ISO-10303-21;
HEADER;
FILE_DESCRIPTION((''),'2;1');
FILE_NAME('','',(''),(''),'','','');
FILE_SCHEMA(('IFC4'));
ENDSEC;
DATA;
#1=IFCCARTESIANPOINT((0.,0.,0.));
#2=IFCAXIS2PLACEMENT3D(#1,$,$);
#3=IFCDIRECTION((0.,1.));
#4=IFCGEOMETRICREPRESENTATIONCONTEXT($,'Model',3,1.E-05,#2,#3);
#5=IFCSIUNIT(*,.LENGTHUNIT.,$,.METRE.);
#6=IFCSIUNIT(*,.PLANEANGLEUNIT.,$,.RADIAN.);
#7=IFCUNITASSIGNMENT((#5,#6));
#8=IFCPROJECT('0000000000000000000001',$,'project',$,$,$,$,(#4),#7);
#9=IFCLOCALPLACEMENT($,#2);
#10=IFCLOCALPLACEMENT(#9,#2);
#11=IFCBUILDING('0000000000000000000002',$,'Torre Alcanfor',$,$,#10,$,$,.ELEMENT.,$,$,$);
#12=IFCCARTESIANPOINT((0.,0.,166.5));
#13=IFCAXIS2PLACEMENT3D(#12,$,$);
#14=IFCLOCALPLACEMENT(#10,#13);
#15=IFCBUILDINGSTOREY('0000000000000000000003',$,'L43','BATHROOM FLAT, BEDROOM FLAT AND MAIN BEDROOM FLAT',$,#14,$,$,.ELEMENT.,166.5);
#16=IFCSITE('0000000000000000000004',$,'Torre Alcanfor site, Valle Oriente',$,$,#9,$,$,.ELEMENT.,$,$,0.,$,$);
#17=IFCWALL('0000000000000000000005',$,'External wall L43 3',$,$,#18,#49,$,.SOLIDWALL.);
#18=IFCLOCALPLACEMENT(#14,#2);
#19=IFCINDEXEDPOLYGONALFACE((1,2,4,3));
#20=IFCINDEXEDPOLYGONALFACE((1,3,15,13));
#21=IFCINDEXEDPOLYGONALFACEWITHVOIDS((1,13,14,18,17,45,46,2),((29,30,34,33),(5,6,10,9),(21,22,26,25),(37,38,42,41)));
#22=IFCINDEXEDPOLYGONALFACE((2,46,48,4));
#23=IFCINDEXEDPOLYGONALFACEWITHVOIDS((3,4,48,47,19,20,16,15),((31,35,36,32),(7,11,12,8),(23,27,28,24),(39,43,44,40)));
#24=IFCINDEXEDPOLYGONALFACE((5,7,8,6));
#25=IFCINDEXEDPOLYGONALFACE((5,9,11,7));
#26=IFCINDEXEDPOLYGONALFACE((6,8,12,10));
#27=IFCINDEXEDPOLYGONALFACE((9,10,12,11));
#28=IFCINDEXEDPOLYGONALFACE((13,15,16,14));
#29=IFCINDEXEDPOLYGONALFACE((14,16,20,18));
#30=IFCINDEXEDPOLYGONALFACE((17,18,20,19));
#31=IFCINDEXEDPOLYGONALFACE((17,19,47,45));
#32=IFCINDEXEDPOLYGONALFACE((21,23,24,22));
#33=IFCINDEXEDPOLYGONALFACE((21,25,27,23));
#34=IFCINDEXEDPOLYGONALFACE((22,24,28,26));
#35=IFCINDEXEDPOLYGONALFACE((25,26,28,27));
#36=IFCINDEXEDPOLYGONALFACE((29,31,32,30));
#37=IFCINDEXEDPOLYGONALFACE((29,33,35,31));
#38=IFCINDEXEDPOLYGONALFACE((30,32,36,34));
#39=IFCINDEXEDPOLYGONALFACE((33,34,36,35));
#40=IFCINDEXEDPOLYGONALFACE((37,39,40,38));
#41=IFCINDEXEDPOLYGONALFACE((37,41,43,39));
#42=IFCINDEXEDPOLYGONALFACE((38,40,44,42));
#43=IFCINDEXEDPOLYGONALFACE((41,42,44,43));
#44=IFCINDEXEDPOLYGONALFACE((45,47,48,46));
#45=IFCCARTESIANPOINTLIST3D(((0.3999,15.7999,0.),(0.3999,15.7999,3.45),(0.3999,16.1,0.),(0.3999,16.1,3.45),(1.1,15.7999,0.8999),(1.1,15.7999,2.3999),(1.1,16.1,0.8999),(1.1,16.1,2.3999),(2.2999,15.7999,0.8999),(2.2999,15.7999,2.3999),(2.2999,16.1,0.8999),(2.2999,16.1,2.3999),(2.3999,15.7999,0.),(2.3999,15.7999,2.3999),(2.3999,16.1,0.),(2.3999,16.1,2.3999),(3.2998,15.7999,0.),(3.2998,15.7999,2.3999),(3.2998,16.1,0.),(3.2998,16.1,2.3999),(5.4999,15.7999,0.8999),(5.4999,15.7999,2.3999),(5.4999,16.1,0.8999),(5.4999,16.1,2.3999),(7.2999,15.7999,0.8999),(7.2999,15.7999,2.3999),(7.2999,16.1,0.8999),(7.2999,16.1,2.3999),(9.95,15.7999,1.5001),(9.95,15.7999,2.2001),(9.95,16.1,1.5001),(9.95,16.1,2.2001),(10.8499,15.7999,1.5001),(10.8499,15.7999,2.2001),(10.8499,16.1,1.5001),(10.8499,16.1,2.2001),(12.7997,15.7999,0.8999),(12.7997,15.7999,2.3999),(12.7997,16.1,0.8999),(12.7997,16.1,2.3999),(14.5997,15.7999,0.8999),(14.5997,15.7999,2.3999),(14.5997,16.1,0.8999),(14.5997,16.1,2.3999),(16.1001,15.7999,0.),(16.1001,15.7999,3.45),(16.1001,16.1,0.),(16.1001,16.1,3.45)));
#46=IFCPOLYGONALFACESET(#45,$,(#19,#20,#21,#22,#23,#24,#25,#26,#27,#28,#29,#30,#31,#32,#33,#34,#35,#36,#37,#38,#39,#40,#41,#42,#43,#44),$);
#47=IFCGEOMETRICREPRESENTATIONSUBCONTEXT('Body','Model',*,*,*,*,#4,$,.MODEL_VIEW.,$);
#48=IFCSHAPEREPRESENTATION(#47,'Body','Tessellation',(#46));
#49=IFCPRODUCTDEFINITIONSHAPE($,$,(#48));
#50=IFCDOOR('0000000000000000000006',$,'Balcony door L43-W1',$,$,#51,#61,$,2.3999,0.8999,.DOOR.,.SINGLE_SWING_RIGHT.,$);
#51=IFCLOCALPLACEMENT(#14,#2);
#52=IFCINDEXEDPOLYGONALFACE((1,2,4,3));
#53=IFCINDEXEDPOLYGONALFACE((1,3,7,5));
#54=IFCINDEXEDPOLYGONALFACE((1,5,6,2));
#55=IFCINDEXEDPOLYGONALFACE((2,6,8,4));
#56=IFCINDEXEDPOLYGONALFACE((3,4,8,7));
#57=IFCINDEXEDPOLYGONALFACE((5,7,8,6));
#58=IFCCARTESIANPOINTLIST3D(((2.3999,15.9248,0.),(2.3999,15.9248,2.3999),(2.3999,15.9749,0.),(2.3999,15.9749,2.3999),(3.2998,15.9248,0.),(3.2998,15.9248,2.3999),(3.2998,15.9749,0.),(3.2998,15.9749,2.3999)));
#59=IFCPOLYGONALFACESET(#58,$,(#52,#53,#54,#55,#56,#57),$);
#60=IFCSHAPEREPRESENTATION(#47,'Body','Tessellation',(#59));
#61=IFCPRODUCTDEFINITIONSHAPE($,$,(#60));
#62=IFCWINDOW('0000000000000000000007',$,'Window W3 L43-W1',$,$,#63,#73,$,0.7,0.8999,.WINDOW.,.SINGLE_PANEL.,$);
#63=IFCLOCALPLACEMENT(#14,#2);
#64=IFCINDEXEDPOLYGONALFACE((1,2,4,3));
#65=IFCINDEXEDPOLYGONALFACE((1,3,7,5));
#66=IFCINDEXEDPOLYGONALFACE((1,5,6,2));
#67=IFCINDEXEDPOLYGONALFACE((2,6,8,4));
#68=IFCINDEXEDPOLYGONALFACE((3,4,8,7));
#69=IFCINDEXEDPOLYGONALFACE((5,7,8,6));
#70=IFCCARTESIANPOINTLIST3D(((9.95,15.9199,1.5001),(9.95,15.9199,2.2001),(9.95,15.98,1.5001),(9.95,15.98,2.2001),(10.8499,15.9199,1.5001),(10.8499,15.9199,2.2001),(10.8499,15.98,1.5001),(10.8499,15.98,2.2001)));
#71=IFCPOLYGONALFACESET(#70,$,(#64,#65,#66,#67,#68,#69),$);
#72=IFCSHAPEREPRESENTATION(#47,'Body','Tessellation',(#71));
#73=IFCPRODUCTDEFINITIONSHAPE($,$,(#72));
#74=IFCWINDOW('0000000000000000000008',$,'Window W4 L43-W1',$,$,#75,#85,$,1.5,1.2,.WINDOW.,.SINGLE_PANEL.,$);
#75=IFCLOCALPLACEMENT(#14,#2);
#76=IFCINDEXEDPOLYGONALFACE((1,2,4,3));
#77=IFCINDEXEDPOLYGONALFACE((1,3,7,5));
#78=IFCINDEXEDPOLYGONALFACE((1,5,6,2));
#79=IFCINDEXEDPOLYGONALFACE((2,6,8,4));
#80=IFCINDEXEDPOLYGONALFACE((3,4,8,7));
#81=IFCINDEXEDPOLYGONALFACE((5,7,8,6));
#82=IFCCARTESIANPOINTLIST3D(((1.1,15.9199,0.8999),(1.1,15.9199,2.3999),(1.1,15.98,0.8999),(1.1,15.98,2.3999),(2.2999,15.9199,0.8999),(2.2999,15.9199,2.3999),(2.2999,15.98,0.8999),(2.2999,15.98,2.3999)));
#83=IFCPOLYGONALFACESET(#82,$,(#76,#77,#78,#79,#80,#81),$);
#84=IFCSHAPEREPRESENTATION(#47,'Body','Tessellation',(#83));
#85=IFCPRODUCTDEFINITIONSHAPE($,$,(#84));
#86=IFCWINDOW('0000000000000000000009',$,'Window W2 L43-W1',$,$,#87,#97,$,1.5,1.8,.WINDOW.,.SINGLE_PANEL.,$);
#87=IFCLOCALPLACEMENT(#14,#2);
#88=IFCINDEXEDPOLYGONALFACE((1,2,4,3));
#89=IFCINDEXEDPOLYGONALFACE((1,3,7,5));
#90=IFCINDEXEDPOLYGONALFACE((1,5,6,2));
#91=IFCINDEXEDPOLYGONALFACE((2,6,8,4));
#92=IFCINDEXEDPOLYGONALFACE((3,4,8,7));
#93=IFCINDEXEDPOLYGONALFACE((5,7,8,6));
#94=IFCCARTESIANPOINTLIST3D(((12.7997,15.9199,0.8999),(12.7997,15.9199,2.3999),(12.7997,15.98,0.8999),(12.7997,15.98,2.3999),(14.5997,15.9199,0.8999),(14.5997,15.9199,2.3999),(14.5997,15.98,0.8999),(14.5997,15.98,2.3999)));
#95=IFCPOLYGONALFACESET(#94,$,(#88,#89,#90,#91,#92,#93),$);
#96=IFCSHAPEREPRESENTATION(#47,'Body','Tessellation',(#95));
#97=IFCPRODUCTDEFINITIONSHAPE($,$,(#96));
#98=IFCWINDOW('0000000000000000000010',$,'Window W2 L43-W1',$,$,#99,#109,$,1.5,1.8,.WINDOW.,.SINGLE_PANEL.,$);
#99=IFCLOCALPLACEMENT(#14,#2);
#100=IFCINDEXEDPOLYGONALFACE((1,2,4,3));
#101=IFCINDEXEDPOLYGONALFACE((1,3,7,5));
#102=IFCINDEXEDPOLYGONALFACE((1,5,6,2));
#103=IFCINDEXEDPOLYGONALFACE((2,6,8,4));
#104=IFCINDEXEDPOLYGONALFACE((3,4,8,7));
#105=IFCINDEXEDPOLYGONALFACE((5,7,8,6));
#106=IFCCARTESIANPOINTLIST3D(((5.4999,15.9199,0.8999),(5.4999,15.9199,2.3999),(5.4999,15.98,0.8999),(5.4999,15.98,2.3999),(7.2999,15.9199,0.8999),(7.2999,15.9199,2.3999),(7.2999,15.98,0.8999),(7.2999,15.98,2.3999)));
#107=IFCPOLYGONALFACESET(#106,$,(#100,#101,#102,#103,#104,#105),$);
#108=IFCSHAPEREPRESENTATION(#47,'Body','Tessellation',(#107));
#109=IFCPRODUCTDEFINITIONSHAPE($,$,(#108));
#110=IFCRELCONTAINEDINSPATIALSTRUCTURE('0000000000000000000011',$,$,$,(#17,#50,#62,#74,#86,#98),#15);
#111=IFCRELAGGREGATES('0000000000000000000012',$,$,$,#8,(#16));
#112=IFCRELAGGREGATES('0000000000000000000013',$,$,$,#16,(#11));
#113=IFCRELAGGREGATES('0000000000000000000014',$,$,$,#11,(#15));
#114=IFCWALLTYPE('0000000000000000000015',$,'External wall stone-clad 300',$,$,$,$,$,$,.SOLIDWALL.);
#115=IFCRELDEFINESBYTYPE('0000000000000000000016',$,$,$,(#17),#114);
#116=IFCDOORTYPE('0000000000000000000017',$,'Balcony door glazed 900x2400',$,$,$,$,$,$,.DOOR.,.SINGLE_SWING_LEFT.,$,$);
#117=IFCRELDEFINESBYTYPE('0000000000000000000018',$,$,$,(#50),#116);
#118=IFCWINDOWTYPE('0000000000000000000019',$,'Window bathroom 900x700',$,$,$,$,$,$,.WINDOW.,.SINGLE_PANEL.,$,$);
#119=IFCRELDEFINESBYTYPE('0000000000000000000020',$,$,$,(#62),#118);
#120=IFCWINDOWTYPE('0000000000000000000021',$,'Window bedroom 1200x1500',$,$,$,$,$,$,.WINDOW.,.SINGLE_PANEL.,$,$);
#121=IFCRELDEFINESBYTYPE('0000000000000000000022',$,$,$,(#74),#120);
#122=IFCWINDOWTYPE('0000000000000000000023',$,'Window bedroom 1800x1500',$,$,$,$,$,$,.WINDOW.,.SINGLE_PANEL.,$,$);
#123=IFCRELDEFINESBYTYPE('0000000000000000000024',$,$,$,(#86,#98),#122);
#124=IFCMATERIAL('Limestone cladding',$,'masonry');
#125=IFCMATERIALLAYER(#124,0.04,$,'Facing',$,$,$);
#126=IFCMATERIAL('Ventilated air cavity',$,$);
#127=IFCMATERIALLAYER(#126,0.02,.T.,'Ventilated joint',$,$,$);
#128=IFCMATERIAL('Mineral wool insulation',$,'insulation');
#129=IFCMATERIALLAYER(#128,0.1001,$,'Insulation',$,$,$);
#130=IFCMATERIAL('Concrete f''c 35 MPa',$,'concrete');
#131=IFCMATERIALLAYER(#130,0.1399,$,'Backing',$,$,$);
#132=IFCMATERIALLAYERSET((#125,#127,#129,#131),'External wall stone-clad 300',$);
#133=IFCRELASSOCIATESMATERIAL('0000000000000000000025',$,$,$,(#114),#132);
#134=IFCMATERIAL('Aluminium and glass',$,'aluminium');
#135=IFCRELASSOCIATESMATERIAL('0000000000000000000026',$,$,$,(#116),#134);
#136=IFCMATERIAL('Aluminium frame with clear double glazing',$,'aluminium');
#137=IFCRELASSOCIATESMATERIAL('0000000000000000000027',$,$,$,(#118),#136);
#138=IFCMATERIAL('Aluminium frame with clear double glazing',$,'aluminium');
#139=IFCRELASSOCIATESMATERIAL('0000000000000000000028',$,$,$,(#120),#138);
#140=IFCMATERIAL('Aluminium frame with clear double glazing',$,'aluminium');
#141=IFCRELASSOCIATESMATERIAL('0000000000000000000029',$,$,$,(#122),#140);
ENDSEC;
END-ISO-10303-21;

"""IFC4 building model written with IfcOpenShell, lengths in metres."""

from ifc_helpers import new_model, si_unit, direction, frame, frame_2d, origin, place, context, subcontext, project, spatial, rectangle, extrude, material, layer, layer_set, type_object, element, fill, save


model = new_model("IFC4")

# Units and contexts
model_context = context("Model", 3, precision=1e-05, world=origin(), true_north=direction((0.0, 1.0)))
body_context = subcontext(model_context, "Body", "Model", "MODEL_VIEW")
ifc_project = project(units=[si_unit("LENGTHUNIT", "METRE"), si_unit("PLANEANGLEUNIT", "RADIAN")], contexts=[model_context])

# Site, building, storey
site_placement = place(None, origin())
site = spatial("IfcSite", under=ifc_project, at=site_placement, Name="Torre Alcanfor site, Valle Oriente", CompositionType="ELEMENT", RefElevation=0.0)
building_placement = place(site_placement, origin())
building = spatial("IfcBuilding", under=site, at=building_placement, Name="Torre Alcanfor", CompositionType="ELEMENT")
storey_placement = place(building_placement, frame((0.0, 0.0, 166.5)))
storey = spatial("IfcBuildingStorey", under=building, at=storey_placement, Name="L43", Description="BATHROOM FLAT, BEDROOM FLAT AND MAIN BEDROOM FLAT", CompositionType="ELEMENT", Elevation=166.5)

# Wall, openings, door, windows
ifc_material_1 = material(Name="Limestone cladding", Category="masonry")
ifc_layer_1 = layer(ifc_material_1, 0.04, Name="Facing")
ifc_material_2 = material(Name="Ventilated air cavity")
ifc_layer_2 = layer(ifc_material_2, 0.02, ventilated=True, Name="Ventilated joint")
ifc_material_3 = material(Name="Mineral wool insulation", Category="insulation")
ifc_layer_3 = layer(ifc_material_3, 0.1001, Name="Insulation")
ifc_material_4 = material(Name="Concrete f'c 35 MPa", Category="concrete")
ifc_layer_4 = layer(ifc_material_4, 0.1399, Name="Backing")
ifc_layer_set_1 = layer_set([ifc_layer_1, ifc_layer_2, ifc_layer_3, ifc_layer_4], Name="External wall stone-clad 300")
wall_type_1 = type_object("IfcWallType", Name="External wall stone-clad 300", PredefinedType="SOLIDWALL", material=ifc_layer_set_1)
wall_1_placement = place(storey_placement, frame((0.3999, 15.95, 0.0), z_axis=(0.0, 0.0, 1.0), x_axis=(1.0, 0.0, 0.0)))
wall_1 = element("IfcWall", 1, at=wall_1_placement, inside=storey, type_object=wall_type_1, Name="External wall L43 3", PredefinedType="SOLIDWALL", context=body_context, shape_type="SweptSolid", body=[
    extrude(rectangle(XDim=15.7002, YDim=0.3, at=frame_2d((7.8501, 0.0))), origin(), (0.0, 0.0, 1.0), 3.45),
])
opening_1_placement = place(wall_1_placement, frame((12.3999, 0.0, 0.8999)))
opening_1 = element("IfcOpeningElement", 2, at=opening_1_placement, cuts=wall_1, PredefinedType="OPENING", context=body_context, shape_type="SweptSolid", body=[
    extrude(rectangle(XDim=1.8, YDim=1.5, at=frame_2d((0.8999, 0.75))), frame((0.0, 0.1599, 0.0), z_axis=(0.0, -1.0, 0.0), x_axis=(1.0, 0.0, 0.0)), (0.0, 0.0, 1.0), 0.3201),
])
opening_2_placement = place(wall_1_placement, frame((9.55, 0.0, 1.5)))
opening_2 = element("IfcOpeningElement", 3, at=opening_2_placement, cuts=wall_1, PredefinedType="OPENING", context=body_context, shape_type="SweptSolid", body=[
    extrude(rectangle(XDim=0.8999, YDim=0.7, at=frame_2d((0.45, 0.3501))), frame((0.0, 0.1599, 0.0), z_axis=(0.0, -1.0, 0.0), x_axis=(1.0, 0.0, 0.0)), (0.0, 0.0, 1.0), 0.3201),
])
opening_3_placement = place(wall_1_placement, frame((5.1001, 0.0, 0.8999)))
opening_3 = element("IfcOpeningElement", 4, at=opening_3_placement, cuts=wall_1, PredefinedType="OPENING", context=body_context, shape_type="SweptSolid", body=[
    extrude(rectangle(XDim=1.8, YDim=1.5, at=frame_2d((0.8999, 0.75))), frame((0.0, 0.1599, 0.0), z_axis=(0.0, -1.0, 0.0), x_axis=(1.0, 0.0, 0.0)), (0.0, 0.0, 1.0), 0.3201),
])
opening_4_placement = place(wall_1_placement, frame((2.0, 0.0, 0.0)))
opening_4 = element("IfcOpeningElement", 5, at=opening_4_placement, cuts=wall_1, PredefinedType="OPENING", context=body_context, shape_type="SweptSolid", body=[
    extrude(rectangle(XDim=0.8999, YDim=2.3999, at=frame_2d((0.45, 1.2))), frame((0.0, 0.1599, 0.0), z_axis=(0.0, -1.0, 0.0), x_axis=(1.0, 0.0, 0.0)), (0.0, 0.0, 1.0), 0.3201),
])
opening_5_placement = place(wall_1_placement, frame((0.7, 0.0, 0.8999)))
opening_5 = element("IfcOpeningElement", 6, at=opening_5_placement, cuts=wall_1, PredefinedType="OPENING", context=body_context, shape_type="SweptSolid", body=[
    extrude(rectangle(XDim=1.2, YDim=1.5, at=frame_2d((0.6001, 0.75))), frame((0.0, 0.1599, 0.0), z_axis=(0.0, -1.0, 0.0), x_axis=(1.0, 0.0, 0.0)), (0.0, 0.0, 1.0), 0.3201),
])
ifc_material_5 = material(Name="Aluminium and glass", Category="aluminium")
door_type = type_object("IfcDoorType", Name="Balcony door glazed 900x2400", OperationType="SINGLE_SWING_LEFT", PredefinedType="DOOR", material=ifc_material_5)
door_placement = place(opening_4_placement, origin())
door = element("IfcDoor", 7, at=door_placement, inside=storey, type_object=door_type, Name="Balcony door L43-W1", OperationType="SINGLE_SWING_RIGHT", OverallHeight=2.3999, OverallWidth=0.8999, PredefinedType="DOOR", context=body_context, shape_type="SweptSolid", body=[
    extrude(rectangle(XDim=0.8999, YDim=2.3999, at=frame_2d((0.45, 1.2))), frame((0.0, 0.0249, 0.0), z_axis=(0.0, -1.0, 0.0), x_axis=(1.0, 0.0, 0.0)), (0.0, 0.0, 1.0), 0.05),
])
fill(opening_4, door)
ifc_material_6 = material(Name="Aluminium frame with clear double glazing", Category="aluminium")
window_type_1 = type_object("IfcWindowType", Name="Window bathroom 900x700", PartitioningType="SINGLE_PANEL", PredefinedType="WINDOW", material=ifc_material_6)
window_1_placement = place(opening_2_placement, origin())
window_1 = element("IfcWindow", 8, at=window_1_placement, inside=storey, type_object=window_type_1, Name="Window W3 L43-W1", OverallHeight=0.7, OverallWidth=0.8999, PartitioningType="SINGLE_PANEL", PredefinedType="WINDOW", context=body_context, shape_type="SweptSolid", body=[
    extrude(rectangle(XDim=0.8999, YDim=0.7, at=frame_2d((0.45, 0.3501))), frame((0.0, 0.03, 0.0), z_axis=(0.0, -1.0, 0.0), x_axis=(1.0, 0.0, 0.0)), (0.0, 0.0, 1.0), 0.0601),
])
fill(opening_2, window_1)
ifc_material_7 = material(Name="Aluminium frame with clear double glazing", Category="aluminium")
window_type_2 = type_object("IfcWindowType", Name="Window bedroom 1200x1500", PartitioningType="SINGLE_PANEL", PredefinedType="WINDOW", material=ifc_material_7)
window_2_placement = place(opening_5_placement, origin())
window_2 = element("IfcWindow", 9, at=window_2_placement, inside=storey, type_object=window_type_2, Name="Window W4 L43-W1", OverallHeight=1.5, OverallWidth=1.2, PartitioningType="SINGLE_PANEL", PredefinedType="WINDOW", context=body_context, shape_type="SweptSolid", body=[
    extrude(rectangle(XDim=1.2, YDim=1.5, at=frame_2d((0.6001, 0.75))), frame((0.0, 0.03, 0.0), z_axis=(0.0, -1.0, 0.0), x_axis=(1.0, 0.0, 0.0)), (0.0, 0.0, 1.0), 0.0601),
])
fill(opening_5, window_2)
ifc_material_8 = material(Name="Aluminium frame with clear double glazing", Category="aluminium")
window_type_3 = type_object("IfcWindowType", Name="Window bedroom 1800x1500", PartitioningType="SINGLE_PANEL", PredefinedType="WINDOW", material=ifc_material_8)
window_3_placement = place(opening_1_placement, origin())
window_3 = element("IfcWindow", 10, at=window_3_placement, inside=storey, type_object=window_type_3, Name="Window W2 L43-W1", OverallHeight=1.5, OverallWidth=1.8, PartitioningType="SINGLE_PANEL", PredefinedType="WINDOW", context=body_context, shape_type="SweptSolid", body=[
    extrude(rectangle(XDim=1.8, YDim=1.5, at=frame_2d((0.8999, 0.75))), frame((0.0, 0.03, 0.0), z_axis=(0.0, -1.0, 0.0), x_axis=(1.0, 0.0, 0.0)), (0.0, 0.0, 1.0), 0.0601),
])
fill(opening_1, window_3)
window_4_placement = place(opening_3_placement, origin())
window_4 = element("IfcWindow", 11, at=window_4_placement, inside=storey, type_object=window_type_3, Name="Window W2 L43-W1", OverallHeight=1.5, OverallWidth=1.8, PartitioningType="SINGLE_PANEL", PredefinedType="WINDOW", context=body_context, shape_type="SweptSolid", body=[
    extrude(rectangle(XDim=1.8, YDim=1.5, at=frame_2d((0.8999, 0.75))), frame((0.0, 0.03, 0.0), z_axis=(0.0, -1.0, 0.0), x_axis=(1.0, 0.0, 0.0)), (0.0, 0.0, 1.0), 0.0601),
])
fill(opening_3, window_4)

save(model, "model.ifc")
